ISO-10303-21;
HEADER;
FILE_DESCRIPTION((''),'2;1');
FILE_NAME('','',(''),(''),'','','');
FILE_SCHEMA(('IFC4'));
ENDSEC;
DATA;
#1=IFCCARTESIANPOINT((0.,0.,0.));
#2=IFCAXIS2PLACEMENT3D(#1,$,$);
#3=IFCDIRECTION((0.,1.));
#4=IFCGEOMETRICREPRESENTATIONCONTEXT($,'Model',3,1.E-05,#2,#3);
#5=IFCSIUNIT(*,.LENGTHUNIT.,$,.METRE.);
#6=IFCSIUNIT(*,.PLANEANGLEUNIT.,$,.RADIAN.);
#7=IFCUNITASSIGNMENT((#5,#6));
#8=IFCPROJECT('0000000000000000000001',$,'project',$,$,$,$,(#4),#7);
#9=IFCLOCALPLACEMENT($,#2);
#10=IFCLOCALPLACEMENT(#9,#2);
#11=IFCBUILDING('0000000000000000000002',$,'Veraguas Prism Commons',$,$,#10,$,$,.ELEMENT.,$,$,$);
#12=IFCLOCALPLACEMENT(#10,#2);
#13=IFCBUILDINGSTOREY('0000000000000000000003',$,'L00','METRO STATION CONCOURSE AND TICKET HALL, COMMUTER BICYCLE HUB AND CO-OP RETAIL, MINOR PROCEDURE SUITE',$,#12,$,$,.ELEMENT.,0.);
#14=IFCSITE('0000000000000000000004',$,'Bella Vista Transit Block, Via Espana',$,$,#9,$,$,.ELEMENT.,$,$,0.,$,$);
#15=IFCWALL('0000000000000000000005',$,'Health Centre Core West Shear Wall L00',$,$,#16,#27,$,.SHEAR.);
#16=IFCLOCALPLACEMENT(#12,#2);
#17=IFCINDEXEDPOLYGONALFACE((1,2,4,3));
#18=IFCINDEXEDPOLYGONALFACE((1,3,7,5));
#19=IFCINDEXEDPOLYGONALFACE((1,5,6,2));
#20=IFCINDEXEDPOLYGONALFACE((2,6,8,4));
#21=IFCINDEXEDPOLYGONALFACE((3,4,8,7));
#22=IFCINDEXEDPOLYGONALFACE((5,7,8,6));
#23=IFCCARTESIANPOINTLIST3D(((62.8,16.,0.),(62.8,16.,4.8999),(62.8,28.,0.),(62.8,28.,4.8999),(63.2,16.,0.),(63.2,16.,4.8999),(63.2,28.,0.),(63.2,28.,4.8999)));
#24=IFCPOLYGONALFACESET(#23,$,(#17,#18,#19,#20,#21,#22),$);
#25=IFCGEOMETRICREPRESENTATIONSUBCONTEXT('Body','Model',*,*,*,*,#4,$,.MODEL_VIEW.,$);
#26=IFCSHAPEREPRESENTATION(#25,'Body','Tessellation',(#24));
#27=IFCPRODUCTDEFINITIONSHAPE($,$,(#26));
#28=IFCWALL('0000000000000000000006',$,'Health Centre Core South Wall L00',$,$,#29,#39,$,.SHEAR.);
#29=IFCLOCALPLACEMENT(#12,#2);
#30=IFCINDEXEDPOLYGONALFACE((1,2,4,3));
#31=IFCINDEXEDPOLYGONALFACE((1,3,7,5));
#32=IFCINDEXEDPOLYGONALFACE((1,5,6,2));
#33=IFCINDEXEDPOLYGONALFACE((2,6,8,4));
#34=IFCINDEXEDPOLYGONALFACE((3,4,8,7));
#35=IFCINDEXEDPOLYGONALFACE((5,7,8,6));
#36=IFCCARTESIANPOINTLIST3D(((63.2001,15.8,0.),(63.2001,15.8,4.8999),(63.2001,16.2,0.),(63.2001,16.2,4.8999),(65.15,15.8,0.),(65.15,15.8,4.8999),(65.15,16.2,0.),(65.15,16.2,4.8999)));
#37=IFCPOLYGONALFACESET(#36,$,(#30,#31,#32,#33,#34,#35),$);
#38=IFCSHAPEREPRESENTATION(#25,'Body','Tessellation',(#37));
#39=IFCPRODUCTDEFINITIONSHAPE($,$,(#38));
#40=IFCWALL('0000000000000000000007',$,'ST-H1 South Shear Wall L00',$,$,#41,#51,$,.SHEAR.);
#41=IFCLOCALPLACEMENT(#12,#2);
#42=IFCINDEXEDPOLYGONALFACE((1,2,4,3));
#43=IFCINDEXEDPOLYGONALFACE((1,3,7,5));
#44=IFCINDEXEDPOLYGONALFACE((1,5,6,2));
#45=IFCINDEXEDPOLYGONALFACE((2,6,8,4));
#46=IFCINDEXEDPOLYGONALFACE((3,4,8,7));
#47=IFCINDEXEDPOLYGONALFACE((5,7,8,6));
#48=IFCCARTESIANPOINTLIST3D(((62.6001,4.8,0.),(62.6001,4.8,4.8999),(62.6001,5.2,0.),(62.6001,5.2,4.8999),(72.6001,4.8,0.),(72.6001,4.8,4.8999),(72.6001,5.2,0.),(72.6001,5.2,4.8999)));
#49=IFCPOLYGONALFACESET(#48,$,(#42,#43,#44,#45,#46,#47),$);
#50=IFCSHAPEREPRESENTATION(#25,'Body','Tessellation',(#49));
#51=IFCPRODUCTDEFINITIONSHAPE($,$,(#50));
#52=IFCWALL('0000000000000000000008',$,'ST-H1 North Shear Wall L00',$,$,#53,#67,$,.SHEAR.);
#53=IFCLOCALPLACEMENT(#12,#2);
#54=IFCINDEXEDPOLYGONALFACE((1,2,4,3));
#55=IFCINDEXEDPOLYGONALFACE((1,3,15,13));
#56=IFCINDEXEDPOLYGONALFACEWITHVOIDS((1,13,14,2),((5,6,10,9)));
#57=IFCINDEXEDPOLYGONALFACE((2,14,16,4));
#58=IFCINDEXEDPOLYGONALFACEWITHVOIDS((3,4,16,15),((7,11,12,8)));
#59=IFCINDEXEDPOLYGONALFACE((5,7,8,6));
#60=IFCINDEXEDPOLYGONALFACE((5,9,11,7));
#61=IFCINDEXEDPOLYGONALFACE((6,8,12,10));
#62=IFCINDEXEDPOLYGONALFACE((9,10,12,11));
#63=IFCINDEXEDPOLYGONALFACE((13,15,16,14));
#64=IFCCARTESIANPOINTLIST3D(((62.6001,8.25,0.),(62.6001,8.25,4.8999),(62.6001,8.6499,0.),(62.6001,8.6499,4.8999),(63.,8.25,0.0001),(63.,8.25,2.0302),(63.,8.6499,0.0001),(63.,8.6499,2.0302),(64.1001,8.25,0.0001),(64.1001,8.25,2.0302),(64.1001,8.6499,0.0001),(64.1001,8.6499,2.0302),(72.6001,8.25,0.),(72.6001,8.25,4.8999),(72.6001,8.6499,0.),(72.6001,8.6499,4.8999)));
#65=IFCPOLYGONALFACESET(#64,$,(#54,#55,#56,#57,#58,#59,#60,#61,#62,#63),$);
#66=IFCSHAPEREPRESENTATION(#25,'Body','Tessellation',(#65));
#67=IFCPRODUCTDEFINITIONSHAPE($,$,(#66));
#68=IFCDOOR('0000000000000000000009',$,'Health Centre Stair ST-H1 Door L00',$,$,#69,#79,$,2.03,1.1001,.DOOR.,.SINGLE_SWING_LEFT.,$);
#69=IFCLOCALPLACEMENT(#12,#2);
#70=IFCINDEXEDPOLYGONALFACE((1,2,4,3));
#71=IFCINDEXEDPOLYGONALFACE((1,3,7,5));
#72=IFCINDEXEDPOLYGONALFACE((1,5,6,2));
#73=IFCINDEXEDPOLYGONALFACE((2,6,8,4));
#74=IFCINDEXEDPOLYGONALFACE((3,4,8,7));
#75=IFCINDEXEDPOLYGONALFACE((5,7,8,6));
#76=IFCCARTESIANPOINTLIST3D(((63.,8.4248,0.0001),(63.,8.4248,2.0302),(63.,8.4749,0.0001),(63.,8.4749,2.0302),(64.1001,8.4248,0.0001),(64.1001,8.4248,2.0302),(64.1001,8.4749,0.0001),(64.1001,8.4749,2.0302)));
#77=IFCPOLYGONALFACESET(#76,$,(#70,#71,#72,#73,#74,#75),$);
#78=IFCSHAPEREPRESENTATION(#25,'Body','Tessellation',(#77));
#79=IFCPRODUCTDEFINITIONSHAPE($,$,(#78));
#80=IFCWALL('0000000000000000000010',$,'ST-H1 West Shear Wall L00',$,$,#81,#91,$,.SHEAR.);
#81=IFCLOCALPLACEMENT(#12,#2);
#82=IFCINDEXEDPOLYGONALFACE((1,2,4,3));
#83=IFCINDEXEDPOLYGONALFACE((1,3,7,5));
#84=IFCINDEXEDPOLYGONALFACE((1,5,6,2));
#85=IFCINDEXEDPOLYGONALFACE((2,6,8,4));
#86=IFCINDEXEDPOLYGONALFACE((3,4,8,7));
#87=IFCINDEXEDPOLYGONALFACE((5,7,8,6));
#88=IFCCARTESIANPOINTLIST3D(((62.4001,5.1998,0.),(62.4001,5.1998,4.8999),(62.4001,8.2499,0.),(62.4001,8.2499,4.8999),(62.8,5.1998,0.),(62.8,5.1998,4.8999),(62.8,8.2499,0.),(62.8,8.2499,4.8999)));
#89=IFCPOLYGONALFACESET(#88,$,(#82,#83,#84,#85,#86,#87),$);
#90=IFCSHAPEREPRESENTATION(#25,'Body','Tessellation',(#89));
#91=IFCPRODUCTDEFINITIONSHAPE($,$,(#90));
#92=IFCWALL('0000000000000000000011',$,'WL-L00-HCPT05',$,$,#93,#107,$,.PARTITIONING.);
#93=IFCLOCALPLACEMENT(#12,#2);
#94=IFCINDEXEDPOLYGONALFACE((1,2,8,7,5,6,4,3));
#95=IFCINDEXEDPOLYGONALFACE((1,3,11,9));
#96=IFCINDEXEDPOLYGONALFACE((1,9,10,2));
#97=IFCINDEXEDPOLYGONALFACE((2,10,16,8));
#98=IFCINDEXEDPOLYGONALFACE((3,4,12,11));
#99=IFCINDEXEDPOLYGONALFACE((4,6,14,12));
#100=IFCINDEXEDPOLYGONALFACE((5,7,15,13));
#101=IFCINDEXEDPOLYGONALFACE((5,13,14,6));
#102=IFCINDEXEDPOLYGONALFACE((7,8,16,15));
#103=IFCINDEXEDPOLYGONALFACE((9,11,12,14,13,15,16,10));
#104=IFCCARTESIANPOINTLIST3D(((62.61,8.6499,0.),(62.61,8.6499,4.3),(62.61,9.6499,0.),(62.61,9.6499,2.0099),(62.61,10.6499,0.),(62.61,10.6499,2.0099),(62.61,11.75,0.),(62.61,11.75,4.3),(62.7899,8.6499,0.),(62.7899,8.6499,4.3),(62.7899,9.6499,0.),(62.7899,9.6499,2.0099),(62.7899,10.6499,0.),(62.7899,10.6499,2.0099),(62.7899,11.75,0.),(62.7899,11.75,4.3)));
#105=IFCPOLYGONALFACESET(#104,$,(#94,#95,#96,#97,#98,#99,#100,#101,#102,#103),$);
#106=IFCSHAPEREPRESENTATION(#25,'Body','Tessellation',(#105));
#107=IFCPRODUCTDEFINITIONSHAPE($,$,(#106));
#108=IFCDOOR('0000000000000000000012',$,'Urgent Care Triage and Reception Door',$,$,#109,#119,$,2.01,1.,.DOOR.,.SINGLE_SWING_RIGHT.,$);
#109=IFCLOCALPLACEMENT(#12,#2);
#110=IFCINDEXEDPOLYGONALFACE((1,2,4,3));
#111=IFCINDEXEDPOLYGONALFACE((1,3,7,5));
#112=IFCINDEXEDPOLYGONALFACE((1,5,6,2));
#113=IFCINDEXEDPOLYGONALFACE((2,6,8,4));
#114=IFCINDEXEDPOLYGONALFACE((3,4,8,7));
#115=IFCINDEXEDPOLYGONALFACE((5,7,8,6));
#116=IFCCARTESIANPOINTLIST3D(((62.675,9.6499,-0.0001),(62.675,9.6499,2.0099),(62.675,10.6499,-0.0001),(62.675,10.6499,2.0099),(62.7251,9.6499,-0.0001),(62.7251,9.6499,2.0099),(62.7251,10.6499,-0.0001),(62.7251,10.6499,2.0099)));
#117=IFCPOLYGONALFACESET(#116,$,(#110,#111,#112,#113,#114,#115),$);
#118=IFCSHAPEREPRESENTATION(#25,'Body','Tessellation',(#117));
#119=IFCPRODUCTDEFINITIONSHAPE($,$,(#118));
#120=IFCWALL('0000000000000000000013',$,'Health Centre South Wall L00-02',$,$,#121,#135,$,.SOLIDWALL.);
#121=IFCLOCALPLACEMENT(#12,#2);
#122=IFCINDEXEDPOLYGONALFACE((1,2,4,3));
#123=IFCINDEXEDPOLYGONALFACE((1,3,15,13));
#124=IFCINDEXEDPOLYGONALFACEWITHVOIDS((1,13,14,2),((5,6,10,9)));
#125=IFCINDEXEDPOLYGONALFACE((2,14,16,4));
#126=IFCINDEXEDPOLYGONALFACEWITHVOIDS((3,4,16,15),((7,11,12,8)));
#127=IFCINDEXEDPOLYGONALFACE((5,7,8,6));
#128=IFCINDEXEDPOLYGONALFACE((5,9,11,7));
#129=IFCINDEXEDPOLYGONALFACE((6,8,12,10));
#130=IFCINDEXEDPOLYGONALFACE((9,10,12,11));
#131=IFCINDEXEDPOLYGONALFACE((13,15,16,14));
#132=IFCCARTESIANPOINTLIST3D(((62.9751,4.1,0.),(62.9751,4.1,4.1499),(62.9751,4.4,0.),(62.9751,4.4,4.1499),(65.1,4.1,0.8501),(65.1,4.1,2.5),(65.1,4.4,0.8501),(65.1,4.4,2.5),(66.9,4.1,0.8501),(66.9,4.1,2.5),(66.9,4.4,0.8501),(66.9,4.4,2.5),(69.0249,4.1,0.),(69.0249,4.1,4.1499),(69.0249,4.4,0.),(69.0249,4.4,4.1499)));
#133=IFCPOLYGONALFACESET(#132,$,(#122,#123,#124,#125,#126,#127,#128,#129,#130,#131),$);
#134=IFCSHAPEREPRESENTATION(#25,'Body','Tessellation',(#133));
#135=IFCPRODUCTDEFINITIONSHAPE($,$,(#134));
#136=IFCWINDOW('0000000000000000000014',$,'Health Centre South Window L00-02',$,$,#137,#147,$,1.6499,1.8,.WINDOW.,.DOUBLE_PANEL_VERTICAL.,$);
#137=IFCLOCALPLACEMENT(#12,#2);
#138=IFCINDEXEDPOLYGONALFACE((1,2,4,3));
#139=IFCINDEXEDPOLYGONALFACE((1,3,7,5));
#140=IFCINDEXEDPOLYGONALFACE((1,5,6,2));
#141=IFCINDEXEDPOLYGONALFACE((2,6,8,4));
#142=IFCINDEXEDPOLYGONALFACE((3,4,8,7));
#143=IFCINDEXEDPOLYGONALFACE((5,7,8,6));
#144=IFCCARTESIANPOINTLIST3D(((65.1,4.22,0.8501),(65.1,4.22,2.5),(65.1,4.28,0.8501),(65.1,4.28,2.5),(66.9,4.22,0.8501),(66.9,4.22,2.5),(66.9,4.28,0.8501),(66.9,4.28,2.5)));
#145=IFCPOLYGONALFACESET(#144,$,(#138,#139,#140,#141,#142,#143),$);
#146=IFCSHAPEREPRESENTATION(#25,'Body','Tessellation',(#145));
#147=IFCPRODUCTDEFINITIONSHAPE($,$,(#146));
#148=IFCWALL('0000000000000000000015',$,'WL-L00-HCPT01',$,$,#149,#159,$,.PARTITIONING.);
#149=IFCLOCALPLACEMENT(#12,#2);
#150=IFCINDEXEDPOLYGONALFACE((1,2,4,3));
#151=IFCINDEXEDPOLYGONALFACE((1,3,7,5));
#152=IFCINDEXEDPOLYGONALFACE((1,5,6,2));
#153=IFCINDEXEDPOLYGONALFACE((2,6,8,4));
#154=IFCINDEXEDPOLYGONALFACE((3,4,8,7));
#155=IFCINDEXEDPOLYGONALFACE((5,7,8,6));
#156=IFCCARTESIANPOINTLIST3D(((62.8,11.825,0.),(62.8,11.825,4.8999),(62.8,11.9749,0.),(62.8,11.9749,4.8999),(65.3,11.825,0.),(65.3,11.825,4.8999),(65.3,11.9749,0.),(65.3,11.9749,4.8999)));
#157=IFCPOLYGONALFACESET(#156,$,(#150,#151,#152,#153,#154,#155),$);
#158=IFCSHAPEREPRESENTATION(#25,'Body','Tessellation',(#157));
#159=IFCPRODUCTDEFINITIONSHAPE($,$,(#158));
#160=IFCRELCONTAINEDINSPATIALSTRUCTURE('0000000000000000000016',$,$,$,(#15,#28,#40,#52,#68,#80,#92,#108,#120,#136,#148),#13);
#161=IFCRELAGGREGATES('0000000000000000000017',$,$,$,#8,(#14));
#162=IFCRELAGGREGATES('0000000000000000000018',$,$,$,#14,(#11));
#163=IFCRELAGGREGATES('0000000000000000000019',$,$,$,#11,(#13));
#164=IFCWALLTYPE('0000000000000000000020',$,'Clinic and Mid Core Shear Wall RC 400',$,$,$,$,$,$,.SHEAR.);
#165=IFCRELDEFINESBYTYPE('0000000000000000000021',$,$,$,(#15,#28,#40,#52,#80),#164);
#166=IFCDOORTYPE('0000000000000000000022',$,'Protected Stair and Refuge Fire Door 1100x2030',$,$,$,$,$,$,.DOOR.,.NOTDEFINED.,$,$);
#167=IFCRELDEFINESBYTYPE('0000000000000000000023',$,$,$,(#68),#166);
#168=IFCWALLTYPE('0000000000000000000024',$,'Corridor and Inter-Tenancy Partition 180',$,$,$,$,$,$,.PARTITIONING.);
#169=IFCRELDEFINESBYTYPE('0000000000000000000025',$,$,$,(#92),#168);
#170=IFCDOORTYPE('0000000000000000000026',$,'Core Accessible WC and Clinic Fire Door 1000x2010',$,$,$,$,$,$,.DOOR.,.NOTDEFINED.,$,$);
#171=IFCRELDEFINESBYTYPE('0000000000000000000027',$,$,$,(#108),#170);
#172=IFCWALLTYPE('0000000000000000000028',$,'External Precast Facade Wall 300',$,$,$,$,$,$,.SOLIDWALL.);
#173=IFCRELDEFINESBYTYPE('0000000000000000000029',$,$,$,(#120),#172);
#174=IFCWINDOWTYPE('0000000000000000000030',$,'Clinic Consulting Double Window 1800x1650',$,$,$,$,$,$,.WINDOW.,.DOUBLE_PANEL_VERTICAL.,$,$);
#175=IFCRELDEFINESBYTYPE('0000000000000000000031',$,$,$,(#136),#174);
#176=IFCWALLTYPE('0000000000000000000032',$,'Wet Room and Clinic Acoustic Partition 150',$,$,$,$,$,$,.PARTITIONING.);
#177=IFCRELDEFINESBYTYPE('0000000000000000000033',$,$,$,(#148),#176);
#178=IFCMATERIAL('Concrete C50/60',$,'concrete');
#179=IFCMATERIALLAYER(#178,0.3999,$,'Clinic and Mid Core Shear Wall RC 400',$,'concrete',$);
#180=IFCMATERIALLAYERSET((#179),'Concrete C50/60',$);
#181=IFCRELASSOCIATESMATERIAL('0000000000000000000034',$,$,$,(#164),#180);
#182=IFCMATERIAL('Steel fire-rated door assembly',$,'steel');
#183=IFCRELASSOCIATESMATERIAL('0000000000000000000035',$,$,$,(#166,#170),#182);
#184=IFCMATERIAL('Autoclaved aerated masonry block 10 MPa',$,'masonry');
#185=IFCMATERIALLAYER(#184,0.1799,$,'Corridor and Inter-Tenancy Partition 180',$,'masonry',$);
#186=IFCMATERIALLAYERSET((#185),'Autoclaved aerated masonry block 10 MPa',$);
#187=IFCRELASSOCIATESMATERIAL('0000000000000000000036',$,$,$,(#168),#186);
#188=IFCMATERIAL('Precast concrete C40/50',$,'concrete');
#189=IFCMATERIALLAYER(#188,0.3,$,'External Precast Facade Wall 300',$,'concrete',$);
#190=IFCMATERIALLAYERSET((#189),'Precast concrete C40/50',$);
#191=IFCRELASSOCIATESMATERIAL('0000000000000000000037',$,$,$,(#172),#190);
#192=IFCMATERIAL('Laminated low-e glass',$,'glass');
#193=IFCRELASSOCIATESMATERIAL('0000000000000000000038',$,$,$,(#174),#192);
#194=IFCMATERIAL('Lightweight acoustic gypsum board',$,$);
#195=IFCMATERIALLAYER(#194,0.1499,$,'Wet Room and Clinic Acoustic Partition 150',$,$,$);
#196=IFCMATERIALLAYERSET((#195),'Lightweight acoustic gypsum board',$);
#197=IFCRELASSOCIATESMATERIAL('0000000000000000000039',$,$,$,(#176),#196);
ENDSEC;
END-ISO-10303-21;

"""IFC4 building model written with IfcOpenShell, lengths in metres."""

from ifc_helpers import new_model, si_unit, direction, frame, frame_2d, origin, place, context, subcontext, project, spatial, rectangle, extrude, source, transform, mapped, material, layer, layer_set, type_object, element, fill, save


model = new_model("IFC4")

# Units and contexts
model_context = context("Model", 3, precision=1e-05, world=origin(), true_north=direction((0.0, 1.0)))
body_context = subcontext(model_context, "Body", "Model", "MODEL_VIEW")
ifc_project = project(units=[si_unit("LENGTHUNIT", "METRE"), si_unit("PLANEANGLEUNIT", "RADIAN")], contexts=[model_context])

# Site, building, storey
site_placement = place(None, origin())
site = spatial("IfcSite", under=ifc_project, at=site_placement, Name="Bella Vista Transit Block, Via Espana", CompositionType="ELEMENT", RefElevation=0.0)
building_placement = place(site_placement, origin())
building = spatial("IfcBuilding", under=site, at=building_placement, Name="Veraguas Prism Commons", CompositionType="ELEMENT")
storey_placement = place(building_placement, origin())
storey = spatial("IfcBuildingStorey", under=building, at=storey_placement, Name="L00", Description="METRO STATION CONCOURSE AND TICKET HALL, COMMUTER BICYCLE HUB AND CO-OP RETAIL, MINOR PROCEDURE SUITE", CompositionType="ELEMENT", Elevation=0.0)

# Shared definitions
ifc_material_1 = material(Name="Concrete C50/60", Category="concrete")

# Walls
ifc_layer_1 = layer(ifc_material_1, 0.3999, Name="Clinic and Mid Core Shear Wall RC 400", Category="concrete")
ifc_layer_set_1 = layer_set([ifc_layer_1], Name="Concrete C50/60")
wall_type_1 = type_object("IfcWallType", Name="Clinic and Mid Core Shear Wall RC 400", PredefinedType="SHEAR", material=ifc_layer_set_1)
wall_1_placement = place(storey_placement, frame((63.0, 16.0, 0.0), z_axis=(0.0, 0.0, 1.0), x_axis=(0.0, 1.0, 0.0)))
element("IfcWall", 1, at=wall_1_placement, inside=storey, type_object=wall_type_1, Name="Health Centre Core West Shear Wall L00", PredefinedType="SHEAR", context=body_context, shape_type="SweptSolid", body=[
    extrude(rectangle(XDim=12.0, YDim=0.3999, at=frame_2d((6.0, 0.0))), origin(), (0.0, 0.0, 1.0), 4.8999),
])
wall_2_placement = place(storey_placement, frame((63.2, 16.0, 0.0), z_axis=(0.0, 0.0, 1.0), x_axis=(1.0, 0.0, 0.0)))
element("IfcWall", 2, at=wall_2_placement, inside=storey, type_object=wall_type_1, Name="Health Centre Core South Wall L00", PredefinedType="SHEAR", context=body_context, shape_type="SweptSolid", body=[
    extrude(rectangle(XDim=1.95, YDim=0.3999, at=frame_2d((0.9751, 0.0))), origin(), (0.0, 0.0, 1.0), 4.8999),
])
wall_3_placement = place(storey_placement, frame((62.6001, 5.0, 0.0), z_axis=(0.0, 0.0, 1.0), x_axis=(1.0, 0.0, 0.0)))
element("IfcWall", 3, at=wall_3_placement, inside=storey, type_object=wall_type_1, Name="ST-H1 South Shear Wall L00", PredefinedType="SHEAR", context=body_context, shape_type="SweptSolid", body=[
    extrude(rectangle(XDim=10.0, YDim=0.3999, at=frame_2d((5.0, 0.0))), origin(), (0.0, 0.0, 1.0), 4.8999),
])

# Wall, opening, door
wall_4_placement = place(storey_placement, frame((62.6001, 8.45, 0.0), z_axis=(0.0, 0.0, 1.0), x_axis=(1.0, 0.0, 0.0)))
wall_4 = element("IfcWall", 4, at=wall_4_placement, inside=storey, type_object=wall_type_1, Name="ST-H1 North Shear Wall L00", PredefinedType="SHEAR", context=body_context, shape_type="SweptSolid", body=[
    extrude(rectangle(XDim=10.0, YDim=0.3999, at=frame_2d((5.0, 0.0))), origin(), (0.0, 0.0, 1.0), 4.8999),
])
opening_1_placement = place(wall_4_placement, frame((0.3999, 0.0, 0.0)))
opening_1 = element("IfcOpeningElement", 5, at=opening_1_placement, cuts=wall_4, PredefinedType="OPENING", context=body_context, shape_type="SweptSolid", body=[
    extrude(rectangle(XDim=1.1001, YDim=2.03, at=frame_2d((0.55, 1.0151))), frame((0.0, 0.21, 0.0), z_axis=(0.0, -1.0, 0.0), x_axis=(1.0, 0.0, 0.0)), (0.0, 0.0, 1.0), 0.4199),
])
ifc_material_2 = material(Name="Steel fire-rated door assembly", Category="steel")
door_type_1 = type_object("IfcDoorType", Name="Protected Stair and Refuge Fire Door 1100x2030", OperationType="NOTDEFINED", PredefinedType="DOOR", material=ifc_material_2)
shared_shape_1 = source(origin(), body_context, "Body", "SweptSolid", [
    extrude(rectangle(XDim=1.1001, YDim=2.03, at=frame_2d((0.55, 1.0151))), frame((0.0, 0.0249, 0.0), z_axis=(0.0, -1.0, 0.0), x_axis=(1.0, 0.0, 0.0)), (0.0, 0.0, 1.0), 0.05),
])
door_1_placement = place(opening_1_placement, origin())
door_1 = element("IfcDoor", 6, at=door_1_placement, inside=storey, type_object=door_type_1, Name="Health Centre Stair ST-H1 Door L00", OperationType="SINGLE_SWING_LEFT", OverallHeight=2.03, OverallWidth=1.1001, PredefinedType="DOOR", context=body_context, shape_type="MappedRepresentation", body=[
    mapped(shared_shape_1, transform((0.0, 0.0, 0.0), scale=1.0)),
])
fill(opening_1, door_1)

# Wall
wall_5_placement = place(storey_placement, frame((62.6001, 5.2, 0.0), z_axis=(0.0, 0.0, 1.0), x_axis=(0.0, 1.0, 0.0)))
element("IfcWall", 7, at=wall_5_placement, inside=storey, type_object=wall_type_1, Name="ST-H1 West Shear Wall L00", PredefinedType="SHEAR", context=body_context, shape_type="SweptSolid", body=[
    extrude(rectangle(XDim=3.05, YDim=0.3999, at=frame_2d((1.5249, 0.0))), origin(), (0.0, 0.0, 1.0), 4.8999),
])

# Wall, opening, door
ifc_material_3 = material(Name="Autoclaved aerated masonry block 10 MPa", Category="masonry")
ifc_layer_2 = layer(ifc_material_3, 0.1799, Name="Corridor and Inter-Tenancy Partition 180", Category="masonry")
ifc_layer_set_2 = layer_set([ifc_layer_2], Name="Autoclaved aerated masonry block 10 MPa")
wall_type_2 = type_object("IfcWallType", Name="Corridor and Inter-Tenancy Partition 180", PredefinedType="PARTITIONING", material=ifc_layer_set_2)
wall_6_placement = place(storey_placement, frame((62.7, 8.6499, 0.0), z_axis=(0.0, 0.0, 1.0), x_axis=(0.0, 1.0, 0.0)))
wall_6 = element("IfcWall", 8, at=wall_6_placement, inside=storey, type_object=wall_type_2, Name="WL-L00-HCPT05", PredefinedType="PARTITIONING", context=body_context, shape_type="SweptSolid", body=[
    extrude(rectangle(XDim=3.1001, YDim=0.1799, at=frame_2d((1.55, 0.0))), origin(), (0.0, 0.0, 1.0), 4.3),
])
opening_2_placement = place(wall_6_placement, frame((1.0, 0.0, 0.0)))
opening_2 = element("IfcOpeningElement", 9, at=opening_2_placement, cuts=wall_6, PredefinedType="OPENING", context=body_context, shape_type="SweptSolid", body=[
    extrude(rectangle(XDim=1.0, YDim=2.01, at=frame_2d((0.5, 1.0049))), frame((0.0, 0.0999, 0.0), z_axis=(0.0, -1.0, 0.0), x_axis=(1.0, 0.0, 0.0)), (0.0, 0.0, 1.0), 0.2),
])
door_type_2 = type_object("IfcDoorType", Name="Core Accessible WC and Clinic Fire Door 1000x2010", OperationType="NOTDEFINED", PredefinedType="DOOR", material=ifc_material_2)
shared_shape_2 = source(origin(), body_context, "Body", "SweptSolid", [
    extrude(rectangle(XDim=1.0, YDim=2.01, at=frame_2d((0.5, 1.0049))), frame((0.0, 0.0249, 0.0), z_axis=(0.0, -1.0, 0.0), x_axis=(1.0, 0.0, 0.0)), (0.0, 0.0, 1.0), 0.05),
])
door_2_placement = place(opening_2_placement, origin())
door_2 = element("IfcDoor", 10, at=door_2_placement, inside=storey, type_object=door_type_2, Name="Urgent Care Triage and Reception Door", OperationType="SINGLE_SWING_RIGHT", OverallHeight=2.01, OverallWidth=1.0, PredefinedType="DOOR", context=body_context, shape_type="MappedRepresentation", body=[
    mapped(shared_shape_2, transform((0.0, 0.0, 0.0), scale=1.0)),
])
fill(opening_2, door_2)

# Wall, opening, window
ifc_material_4 = material(Name="Precast concrete C40/50", Category="concrete")
ifc_layer_3 = layer(ifc_material_4, 0.3, Name="External Precast Facade Wall 300", Category="concrete")
ifc_layer_set_3 = layer_set([ifc_layer_3], Name="Precast concrete C40/50")
wall_type_3 = type_object("IfcWallType", Name="External Precast Facade Wall 300", PredefinedType="SOLIDWALL", material=ifc_layer_set_3)
wall_7_placement = place(storey_placement, frame((62.9751, 4.25, 0.0), z_axis=(0.0, 0.0, 1.0), x_axis=(1.0, 0.0, 0.0)))
wall_7 = element("IfcWall", 11, at=wall_7_placement, inside=storey, type_object=wall_type_3, Name="Health Centre South Wall L00-02", PredefinedType="SOLIDWALL", context=body_context, shape_type="SweptSolid", body=[
    extrude(rectangle(XDim=6.0498, YDim=0.3, at=frame_2d((3.0249, 0.0))), origin(), (0.0, 0.0, 1.0), 4.1499),
])
opening_3_placement = place(wall_7_placement, frame((2.125, 0.0, 0.8501)))
opening_3 = element("IfcOpeningElement", 12, at=opening_3_placement, cuts=wall_7, PredefinedType="OPENING", context=body_context, shape_type="SweptSolid", body=[
    extrude(rectangle(XDim=1.8, YDim=1.6499, at=frame_2d((0.8999, 0.825))), frame((0.0, 0.1599, 0.0), z_axis=(0.0, -1.0, 0.0), x_axis=(1.0, 0.0, 0.0)), (0.0, 0.0, 1.0), 0.3201),
])
ifc_material_5 = material(Name="Laminated low-e glass", Category="glass")
window_type = type_object("IfcWindowType", Name="Clinic Consulting Double Window 1800x1650", PartitioningType="DOUBLE_PANEL_VERTICAL", PredefinedType="WINDOW", material=ifc_material_5)
shared_shape_3 = source(origin(), body_context, "Body", "SweptSolid", [
    extrude(rectangle(XDim=1.8, YDim=1.6499, at=frame_2d((0.8999, 0.825))), frame((0.0, 0.03, 0.0), z_axis=(0.0, -1.0, 0.0), x_axis=(1.0, 0.0, 0.0)), (0.0, 0.0, 1.0), 0.0601),
])
window_placement = place(opening_3_placement, origin())
window = element("IfcWindow", 13, at=window_placement, inside=storey, type_object=window_type, Name="Health Centre South Window L00-02", OverallHeight=1.6499, OverallWidth=1.8, PartitioningType="DOUBLE_PANEL_VERTICAL", PredefinedType="WINDOW", context=body_context, shape_type="MappedRepresentation", body=[
    mapped(shared_shape_3, transform((0.0, 0.0, 0.0), scale=1.0)),
])
fill(opening_3, window)

# Wall
ifc_material_6 = material(Name="Lightweight acoustic gypsum board")
ifc_layer_4 = layer(ifc_material_6, 0.1499, Name="Wet Room and Clinic Acoustic Partition 150")
ifc_layer_set_4 = layer_set([ifc_layer_4], Name="Lightweight acoustic gypsum board")
wall_type_4 = type_object("IfcWallType", Name="Wet Room and Clinic Acoustic Partition 150", PredefinedType="PARTITIONING", material=ifc_layer_set_4)
wall_8_placement = place(storey_placement, frame((62.8, 11.8999, 0.0), z_axis=(0.0, 0.0, 1.0), x_axis=(1.0, 0.0, 0.0)))
element("IfcWall", 14, at=wall_8_placement, inside=storey, type_object=wall_type_4, Name="WL-L00-HCPT01", PredefinedType="PARTITIONING", context=body_context, shape_type="SweptSolid", body=[
    extrude(rectangle(XDim=2.5, YDim=0.1499, at=frame_2d((1.25, 0.0))), origin(), (0.0, 0.0, 1.0), 4.8999),
])

save(model, "model.ifc")
